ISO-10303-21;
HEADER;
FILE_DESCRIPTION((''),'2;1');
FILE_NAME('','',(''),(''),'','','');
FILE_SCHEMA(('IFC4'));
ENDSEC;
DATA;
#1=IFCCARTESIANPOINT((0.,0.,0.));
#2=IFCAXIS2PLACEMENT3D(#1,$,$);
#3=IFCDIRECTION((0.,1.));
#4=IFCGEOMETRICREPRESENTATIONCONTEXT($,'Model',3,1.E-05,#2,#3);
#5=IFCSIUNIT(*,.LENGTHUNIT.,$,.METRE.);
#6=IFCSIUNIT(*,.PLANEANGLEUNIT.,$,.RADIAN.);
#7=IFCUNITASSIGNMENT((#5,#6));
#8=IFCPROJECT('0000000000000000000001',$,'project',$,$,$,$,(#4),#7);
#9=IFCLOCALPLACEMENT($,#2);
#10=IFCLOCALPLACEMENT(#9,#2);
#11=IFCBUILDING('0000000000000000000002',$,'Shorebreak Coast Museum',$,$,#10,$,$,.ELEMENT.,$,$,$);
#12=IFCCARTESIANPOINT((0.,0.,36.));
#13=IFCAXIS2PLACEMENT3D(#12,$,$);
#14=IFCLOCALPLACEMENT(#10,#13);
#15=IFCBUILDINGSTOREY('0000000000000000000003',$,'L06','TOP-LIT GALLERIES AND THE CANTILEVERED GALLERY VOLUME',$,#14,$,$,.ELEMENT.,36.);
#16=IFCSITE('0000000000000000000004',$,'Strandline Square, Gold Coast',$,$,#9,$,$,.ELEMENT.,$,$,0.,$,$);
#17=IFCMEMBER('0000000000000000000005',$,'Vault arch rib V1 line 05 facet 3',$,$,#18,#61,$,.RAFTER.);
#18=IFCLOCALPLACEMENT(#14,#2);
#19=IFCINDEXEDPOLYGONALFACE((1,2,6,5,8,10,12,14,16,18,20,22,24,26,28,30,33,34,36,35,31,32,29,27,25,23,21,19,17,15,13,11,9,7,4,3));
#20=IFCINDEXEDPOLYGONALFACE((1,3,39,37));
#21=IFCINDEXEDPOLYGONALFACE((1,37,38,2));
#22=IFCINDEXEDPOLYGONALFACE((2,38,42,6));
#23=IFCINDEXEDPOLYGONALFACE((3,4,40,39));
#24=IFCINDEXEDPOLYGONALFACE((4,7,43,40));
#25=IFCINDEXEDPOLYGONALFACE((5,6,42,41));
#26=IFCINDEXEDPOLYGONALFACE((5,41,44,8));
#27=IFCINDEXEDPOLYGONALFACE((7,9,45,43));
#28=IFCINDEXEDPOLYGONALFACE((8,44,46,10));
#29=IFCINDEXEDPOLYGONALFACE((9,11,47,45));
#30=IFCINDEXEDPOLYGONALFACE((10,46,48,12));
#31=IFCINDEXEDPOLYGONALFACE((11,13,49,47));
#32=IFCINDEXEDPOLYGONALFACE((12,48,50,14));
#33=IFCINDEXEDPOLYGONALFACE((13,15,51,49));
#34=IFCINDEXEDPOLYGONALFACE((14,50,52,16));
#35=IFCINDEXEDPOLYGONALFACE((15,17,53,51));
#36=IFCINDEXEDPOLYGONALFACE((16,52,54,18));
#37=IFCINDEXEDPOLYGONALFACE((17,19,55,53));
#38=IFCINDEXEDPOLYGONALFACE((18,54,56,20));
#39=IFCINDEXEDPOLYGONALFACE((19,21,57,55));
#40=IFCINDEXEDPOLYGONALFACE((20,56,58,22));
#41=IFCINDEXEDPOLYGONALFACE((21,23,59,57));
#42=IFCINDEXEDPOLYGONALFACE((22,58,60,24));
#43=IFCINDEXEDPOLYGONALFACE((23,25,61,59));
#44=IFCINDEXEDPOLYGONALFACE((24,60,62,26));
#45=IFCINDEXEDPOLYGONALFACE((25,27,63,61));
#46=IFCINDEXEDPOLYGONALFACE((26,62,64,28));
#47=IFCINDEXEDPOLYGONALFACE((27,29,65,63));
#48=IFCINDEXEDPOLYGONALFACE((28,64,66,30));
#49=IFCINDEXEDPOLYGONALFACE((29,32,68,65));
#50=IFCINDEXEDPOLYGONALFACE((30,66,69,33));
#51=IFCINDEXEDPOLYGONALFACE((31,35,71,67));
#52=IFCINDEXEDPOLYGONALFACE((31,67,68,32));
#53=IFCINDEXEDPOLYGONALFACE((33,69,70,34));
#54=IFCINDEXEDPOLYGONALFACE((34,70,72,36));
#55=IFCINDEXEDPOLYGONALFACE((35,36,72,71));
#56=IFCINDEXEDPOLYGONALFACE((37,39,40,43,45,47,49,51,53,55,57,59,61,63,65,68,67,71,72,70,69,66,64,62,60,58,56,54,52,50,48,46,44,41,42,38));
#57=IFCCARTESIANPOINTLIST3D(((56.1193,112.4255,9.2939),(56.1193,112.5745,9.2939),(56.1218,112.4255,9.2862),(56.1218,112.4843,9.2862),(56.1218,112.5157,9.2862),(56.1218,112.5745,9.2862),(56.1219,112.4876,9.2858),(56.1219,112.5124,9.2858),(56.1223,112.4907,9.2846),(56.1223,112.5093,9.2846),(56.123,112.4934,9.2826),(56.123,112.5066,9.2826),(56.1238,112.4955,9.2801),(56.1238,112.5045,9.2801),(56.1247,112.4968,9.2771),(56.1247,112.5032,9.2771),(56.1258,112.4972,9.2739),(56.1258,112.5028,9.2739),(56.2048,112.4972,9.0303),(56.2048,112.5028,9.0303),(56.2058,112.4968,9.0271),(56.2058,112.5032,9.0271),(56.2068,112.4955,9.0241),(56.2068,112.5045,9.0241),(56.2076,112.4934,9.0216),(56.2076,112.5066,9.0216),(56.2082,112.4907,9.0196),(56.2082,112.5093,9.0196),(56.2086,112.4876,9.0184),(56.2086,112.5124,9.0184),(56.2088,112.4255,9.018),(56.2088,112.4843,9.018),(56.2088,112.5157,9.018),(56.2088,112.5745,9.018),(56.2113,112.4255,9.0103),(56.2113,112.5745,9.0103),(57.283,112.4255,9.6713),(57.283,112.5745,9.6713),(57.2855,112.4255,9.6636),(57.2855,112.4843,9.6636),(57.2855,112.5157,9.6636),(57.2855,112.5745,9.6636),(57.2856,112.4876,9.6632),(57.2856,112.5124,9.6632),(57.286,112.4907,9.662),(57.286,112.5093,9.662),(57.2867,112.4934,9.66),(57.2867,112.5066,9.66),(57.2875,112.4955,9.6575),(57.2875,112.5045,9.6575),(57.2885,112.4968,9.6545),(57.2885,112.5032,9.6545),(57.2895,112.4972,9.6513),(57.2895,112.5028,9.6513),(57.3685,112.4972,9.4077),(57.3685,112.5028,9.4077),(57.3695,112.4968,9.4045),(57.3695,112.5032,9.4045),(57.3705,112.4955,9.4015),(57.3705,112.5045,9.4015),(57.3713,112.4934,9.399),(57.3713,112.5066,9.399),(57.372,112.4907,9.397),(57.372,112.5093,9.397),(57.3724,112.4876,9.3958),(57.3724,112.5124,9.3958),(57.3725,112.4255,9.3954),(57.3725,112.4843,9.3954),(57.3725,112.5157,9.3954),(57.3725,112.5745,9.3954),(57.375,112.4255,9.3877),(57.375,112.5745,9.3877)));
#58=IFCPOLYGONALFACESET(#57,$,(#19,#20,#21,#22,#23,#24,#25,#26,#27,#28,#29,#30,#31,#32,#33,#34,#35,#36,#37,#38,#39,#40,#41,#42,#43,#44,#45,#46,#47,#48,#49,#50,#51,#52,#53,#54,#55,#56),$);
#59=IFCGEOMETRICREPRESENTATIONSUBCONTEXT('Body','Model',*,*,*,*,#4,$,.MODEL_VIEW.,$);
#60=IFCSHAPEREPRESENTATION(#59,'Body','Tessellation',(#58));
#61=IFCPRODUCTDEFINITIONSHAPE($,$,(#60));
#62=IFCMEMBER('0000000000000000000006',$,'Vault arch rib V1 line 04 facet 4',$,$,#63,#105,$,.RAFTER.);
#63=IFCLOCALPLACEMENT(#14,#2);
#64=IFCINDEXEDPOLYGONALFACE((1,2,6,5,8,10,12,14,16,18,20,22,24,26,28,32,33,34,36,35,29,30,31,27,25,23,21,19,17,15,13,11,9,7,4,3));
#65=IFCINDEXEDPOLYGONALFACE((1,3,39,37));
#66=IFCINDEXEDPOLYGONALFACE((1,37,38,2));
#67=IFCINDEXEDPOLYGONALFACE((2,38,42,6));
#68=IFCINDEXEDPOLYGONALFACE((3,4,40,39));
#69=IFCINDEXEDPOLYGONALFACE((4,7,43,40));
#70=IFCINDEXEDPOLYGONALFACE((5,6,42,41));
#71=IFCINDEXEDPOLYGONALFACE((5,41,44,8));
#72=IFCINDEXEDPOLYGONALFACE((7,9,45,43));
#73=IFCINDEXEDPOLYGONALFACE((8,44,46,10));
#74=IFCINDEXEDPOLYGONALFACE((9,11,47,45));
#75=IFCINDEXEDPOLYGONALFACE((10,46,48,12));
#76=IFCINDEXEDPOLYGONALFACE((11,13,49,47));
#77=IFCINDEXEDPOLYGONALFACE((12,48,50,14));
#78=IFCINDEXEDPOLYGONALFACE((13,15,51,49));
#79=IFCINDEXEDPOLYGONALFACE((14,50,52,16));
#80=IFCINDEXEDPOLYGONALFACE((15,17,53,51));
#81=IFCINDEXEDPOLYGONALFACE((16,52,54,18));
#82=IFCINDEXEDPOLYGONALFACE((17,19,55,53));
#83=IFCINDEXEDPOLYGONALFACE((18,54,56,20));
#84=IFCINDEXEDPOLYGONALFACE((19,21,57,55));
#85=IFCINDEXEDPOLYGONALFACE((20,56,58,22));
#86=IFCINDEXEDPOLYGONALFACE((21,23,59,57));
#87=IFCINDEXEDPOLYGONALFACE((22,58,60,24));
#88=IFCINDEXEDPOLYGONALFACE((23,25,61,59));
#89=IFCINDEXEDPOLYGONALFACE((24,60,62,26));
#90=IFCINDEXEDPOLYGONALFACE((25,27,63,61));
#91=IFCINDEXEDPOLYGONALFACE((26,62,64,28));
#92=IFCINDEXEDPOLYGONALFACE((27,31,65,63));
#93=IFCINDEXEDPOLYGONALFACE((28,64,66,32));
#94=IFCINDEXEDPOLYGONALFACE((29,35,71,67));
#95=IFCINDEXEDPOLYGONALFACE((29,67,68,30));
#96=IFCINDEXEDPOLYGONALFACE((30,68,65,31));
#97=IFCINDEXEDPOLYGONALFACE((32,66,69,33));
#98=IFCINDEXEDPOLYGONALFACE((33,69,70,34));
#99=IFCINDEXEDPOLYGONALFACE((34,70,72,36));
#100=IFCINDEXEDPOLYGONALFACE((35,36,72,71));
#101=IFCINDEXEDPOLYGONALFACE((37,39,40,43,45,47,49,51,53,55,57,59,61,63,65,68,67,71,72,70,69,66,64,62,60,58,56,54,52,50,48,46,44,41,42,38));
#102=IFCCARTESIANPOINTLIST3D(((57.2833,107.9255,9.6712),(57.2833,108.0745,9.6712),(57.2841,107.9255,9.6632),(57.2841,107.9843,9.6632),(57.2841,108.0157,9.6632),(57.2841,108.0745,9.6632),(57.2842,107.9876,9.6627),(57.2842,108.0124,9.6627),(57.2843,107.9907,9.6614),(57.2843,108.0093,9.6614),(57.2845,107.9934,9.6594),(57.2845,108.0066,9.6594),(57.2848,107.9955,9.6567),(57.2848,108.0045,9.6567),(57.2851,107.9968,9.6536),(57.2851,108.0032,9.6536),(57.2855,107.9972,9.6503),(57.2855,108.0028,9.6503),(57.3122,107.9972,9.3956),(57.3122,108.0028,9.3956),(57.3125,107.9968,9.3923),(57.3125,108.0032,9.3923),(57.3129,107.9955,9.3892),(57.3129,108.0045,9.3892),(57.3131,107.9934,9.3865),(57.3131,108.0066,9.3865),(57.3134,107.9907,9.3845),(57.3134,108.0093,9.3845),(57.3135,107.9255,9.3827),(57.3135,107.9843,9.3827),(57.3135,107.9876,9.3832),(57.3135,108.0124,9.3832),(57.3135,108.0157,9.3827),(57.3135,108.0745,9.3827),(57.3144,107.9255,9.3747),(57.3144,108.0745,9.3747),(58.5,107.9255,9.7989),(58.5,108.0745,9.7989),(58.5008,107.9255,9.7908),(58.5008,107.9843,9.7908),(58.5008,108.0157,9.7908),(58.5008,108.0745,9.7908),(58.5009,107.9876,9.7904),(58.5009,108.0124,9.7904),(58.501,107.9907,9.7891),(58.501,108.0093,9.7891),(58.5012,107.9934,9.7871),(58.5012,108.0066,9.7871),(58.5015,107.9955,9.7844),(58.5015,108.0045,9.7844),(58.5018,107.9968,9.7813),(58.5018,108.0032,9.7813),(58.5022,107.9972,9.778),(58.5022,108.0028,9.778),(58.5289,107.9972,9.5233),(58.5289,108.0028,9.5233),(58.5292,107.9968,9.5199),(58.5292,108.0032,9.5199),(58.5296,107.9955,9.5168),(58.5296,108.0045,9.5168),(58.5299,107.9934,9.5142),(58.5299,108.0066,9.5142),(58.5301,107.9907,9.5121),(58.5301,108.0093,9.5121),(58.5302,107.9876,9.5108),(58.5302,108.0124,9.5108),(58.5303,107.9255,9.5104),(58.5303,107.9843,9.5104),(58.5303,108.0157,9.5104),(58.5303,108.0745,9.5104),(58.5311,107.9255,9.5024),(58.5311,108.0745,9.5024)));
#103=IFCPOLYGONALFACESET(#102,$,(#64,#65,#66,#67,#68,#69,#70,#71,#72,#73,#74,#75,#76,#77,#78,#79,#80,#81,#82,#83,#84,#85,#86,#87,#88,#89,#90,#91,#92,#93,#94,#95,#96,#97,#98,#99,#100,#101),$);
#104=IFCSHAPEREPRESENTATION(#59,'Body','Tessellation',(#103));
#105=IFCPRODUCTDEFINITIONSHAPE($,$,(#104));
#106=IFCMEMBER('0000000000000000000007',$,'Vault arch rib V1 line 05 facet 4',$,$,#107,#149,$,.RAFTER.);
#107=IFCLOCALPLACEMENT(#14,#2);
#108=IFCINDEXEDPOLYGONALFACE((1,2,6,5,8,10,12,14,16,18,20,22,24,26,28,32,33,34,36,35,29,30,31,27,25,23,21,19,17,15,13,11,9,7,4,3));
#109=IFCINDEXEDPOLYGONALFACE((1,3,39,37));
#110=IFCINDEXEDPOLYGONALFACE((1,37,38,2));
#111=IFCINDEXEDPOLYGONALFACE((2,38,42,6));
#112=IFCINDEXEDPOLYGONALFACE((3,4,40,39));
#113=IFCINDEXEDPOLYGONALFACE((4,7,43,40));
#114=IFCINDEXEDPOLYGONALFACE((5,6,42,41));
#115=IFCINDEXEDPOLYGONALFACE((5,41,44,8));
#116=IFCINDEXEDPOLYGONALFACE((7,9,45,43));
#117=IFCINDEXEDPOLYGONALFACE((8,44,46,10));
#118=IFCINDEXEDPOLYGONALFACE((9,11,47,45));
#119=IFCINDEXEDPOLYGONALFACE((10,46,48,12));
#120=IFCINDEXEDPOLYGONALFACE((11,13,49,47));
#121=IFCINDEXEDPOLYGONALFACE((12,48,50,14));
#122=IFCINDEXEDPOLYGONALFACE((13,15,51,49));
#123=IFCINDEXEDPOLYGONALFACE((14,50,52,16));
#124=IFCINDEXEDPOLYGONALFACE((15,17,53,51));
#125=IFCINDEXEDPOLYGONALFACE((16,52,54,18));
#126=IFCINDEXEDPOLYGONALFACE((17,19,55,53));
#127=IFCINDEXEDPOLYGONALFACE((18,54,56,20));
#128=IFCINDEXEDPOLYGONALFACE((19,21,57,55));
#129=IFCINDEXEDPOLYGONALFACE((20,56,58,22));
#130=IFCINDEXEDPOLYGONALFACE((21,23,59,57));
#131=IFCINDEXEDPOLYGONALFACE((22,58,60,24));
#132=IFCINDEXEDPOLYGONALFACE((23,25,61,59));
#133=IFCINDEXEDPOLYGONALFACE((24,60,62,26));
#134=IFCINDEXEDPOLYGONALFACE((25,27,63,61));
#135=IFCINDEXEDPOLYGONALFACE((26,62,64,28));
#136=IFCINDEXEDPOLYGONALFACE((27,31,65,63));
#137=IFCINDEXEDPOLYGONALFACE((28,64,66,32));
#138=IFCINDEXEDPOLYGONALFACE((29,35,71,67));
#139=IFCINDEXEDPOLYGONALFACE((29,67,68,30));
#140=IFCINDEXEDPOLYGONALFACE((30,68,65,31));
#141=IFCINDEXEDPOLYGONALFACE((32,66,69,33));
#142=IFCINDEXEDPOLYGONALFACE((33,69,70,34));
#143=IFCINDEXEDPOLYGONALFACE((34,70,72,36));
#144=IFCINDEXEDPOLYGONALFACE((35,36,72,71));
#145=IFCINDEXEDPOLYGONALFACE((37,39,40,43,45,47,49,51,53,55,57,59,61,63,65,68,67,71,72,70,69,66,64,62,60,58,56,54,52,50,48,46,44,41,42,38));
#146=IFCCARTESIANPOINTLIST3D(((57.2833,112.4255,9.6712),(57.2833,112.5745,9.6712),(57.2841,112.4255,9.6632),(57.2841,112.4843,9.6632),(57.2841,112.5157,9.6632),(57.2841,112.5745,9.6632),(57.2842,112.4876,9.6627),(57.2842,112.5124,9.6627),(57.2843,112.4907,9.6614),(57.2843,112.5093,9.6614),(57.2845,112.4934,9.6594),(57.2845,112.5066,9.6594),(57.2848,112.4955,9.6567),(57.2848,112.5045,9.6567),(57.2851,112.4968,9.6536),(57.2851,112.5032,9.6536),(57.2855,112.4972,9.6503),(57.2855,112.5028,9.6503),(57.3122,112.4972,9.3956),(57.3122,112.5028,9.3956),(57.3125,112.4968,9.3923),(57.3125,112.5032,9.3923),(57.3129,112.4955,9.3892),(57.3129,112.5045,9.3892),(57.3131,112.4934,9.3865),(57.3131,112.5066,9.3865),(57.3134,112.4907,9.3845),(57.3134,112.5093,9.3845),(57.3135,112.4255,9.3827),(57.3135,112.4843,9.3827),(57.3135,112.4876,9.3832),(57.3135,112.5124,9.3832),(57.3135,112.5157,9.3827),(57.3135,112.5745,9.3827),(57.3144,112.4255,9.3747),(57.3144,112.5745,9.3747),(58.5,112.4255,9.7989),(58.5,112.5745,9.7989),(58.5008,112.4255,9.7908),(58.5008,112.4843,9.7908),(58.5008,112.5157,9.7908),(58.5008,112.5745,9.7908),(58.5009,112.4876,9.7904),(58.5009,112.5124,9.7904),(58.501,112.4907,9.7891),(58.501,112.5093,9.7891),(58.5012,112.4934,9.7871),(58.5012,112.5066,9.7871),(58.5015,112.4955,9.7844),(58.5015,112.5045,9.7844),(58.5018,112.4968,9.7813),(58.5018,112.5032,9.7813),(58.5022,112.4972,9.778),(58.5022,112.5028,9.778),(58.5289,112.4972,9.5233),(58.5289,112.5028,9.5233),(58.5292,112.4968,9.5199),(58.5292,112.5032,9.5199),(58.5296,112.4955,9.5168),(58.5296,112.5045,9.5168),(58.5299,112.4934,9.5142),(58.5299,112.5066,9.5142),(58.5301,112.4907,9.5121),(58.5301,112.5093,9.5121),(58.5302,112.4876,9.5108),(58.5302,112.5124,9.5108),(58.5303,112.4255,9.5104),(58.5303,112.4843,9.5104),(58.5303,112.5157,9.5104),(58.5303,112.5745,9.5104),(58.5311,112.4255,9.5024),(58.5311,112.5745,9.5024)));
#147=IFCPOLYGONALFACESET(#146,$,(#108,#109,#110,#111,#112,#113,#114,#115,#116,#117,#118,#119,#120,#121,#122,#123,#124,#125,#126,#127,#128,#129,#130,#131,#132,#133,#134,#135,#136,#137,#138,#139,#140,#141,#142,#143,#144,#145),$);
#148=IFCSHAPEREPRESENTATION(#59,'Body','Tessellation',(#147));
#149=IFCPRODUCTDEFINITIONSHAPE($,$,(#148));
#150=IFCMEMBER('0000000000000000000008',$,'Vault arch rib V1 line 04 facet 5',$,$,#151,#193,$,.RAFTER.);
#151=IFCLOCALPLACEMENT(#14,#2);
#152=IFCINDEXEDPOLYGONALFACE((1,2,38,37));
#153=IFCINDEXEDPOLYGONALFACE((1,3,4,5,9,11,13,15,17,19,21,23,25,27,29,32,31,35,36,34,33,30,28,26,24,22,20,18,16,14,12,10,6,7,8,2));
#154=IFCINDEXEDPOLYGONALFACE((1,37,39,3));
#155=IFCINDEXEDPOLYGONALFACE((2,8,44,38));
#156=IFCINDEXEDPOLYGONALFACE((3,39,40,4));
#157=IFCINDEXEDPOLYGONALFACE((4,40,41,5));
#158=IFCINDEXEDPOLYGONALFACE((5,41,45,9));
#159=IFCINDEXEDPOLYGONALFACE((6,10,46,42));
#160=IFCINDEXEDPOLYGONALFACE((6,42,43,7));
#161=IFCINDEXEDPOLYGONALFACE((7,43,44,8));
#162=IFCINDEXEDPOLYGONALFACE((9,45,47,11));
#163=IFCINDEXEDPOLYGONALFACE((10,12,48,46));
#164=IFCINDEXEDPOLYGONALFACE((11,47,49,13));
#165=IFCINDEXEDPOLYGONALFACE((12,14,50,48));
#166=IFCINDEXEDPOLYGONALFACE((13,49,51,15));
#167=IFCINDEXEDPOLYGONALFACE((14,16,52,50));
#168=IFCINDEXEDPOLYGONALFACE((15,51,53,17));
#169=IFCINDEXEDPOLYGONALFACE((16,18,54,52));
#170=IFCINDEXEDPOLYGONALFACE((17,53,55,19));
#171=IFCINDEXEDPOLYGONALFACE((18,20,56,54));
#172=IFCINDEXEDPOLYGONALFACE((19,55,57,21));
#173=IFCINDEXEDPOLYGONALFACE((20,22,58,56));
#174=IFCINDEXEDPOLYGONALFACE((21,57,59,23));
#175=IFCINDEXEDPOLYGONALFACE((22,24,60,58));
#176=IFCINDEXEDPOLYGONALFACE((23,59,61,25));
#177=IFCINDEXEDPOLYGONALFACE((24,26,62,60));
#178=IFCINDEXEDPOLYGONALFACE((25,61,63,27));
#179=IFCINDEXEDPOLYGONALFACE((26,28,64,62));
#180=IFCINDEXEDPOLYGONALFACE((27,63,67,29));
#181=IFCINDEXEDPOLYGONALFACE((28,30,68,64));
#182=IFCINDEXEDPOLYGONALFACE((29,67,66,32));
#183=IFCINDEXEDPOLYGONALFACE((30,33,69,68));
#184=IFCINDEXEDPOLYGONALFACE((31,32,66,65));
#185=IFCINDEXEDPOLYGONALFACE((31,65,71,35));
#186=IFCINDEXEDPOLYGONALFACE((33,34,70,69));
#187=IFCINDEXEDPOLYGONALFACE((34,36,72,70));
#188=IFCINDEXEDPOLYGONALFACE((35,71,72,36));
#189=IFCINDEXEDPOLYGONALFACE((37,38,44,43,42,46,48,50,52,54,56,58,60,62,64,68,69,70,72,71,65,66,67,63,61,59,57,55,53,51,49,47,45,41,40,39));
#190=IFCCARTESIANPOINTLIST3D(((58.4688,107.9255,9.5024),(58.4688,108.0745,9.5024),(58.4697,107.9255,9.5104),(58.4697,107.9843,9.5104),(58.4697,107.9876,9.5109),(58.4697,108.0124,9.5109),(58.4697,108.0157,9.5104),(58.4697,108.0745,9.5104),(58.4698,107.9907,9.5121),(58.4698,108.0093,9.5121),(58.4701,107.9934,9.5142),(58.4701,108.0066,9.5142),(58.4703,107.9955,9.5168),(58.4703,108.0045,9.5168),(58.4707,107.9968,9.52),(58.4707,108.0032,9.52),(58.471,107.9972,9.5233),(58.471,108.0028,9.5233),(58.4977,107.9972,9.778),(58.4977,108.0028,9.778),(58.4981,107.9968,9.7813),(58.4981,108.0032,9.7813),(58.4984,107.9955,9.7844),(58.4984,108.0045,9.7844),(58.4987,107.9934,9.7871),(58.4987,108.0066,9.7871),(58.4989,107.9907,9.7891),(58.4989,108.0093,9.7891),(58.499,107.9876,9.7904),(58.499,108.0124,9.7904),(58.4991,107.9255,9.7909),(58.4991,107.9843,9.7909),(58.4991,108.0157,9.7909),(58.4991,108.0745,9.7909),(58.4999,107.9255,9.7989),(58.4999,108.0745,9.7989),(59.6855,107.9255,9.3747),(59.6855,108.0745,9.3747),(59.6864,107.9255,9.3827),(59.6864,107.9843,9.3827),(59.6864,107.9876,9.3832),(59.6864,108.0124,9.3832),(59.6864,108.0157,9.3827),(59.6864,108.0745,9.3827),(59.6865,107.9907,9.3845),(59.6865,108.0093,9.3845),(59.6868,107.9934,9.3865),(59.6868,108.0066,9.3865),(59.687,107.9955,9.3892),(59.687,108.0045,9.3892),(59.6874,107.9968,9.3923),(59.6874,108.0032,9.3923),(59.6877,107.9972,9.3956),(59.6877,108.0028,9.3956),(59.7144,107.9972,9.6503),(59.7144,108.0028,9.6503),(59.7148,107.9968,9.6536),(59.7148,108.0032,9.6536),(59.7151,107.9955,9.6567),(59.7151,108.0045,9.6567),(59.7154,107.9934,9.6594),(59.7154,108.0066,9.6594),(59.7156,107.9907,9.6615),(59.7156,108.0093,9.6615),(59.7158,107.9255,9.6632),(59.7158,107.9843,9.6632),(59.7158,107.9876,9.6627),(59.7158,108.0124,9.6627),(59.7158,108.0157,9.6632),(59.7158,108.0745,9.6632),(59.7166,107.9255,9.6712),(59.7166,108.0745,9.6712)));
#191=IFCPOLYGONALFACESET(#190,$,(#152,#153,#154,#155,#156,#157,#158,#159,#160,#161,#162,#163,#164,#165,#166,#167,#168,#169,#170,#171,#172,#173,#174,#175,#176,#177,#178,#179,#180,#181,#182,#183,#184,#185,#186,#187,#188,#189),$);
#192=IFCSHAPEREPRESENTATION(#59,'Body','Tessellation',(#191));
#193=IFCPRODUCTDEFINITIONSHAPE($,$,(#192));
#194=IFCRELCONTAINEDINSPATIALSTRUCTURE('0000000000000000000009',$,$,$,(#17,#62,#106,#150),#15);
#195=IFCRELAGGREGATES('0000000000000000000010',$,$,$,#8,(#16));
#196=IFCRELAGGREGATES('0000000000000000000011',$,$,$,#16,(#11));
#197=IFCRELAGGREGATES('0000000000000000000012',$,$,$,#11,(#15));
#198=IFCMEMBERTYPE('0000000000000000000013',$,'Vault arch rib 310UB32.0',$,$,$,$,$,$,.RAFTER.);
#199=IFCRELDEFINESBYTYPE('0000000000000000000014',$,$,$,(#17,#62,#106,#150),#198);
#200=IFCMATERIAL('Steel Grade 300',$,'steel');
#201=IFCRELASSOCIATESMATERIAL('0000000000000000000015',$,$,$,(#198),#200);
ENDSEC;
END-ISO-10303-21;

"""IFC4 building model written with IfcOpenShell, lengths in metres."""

from ifc_helpers import new_model, si_unit, direction, frame, origin, origin_2d, place, context, subcontext, project, spatial, i_section, extrude, material, material_profile, profile_set, type_object, element, save


model = new_model("IFC4")

# Units and contexts
model_context = context("Model", 3, precision=1e-05, world=origin(), true_north=direction((0.0, 1.0)))
body_context = subcontext(model_context, "Body", "Model", "MODEL_VIEW")
ifc_project = project(units=[si_unit("LENGTHUNIT", "METRE"), si_unit("PLANEANGLEUNIT", "RADIAN")], contexts=[model_context])

# Site, building, storey
site_placement = place(None, origin())
site = spatial("IfcSite", under=ifc_project, at=site_placement, Name="Strandline Square, Gold Coast", CompositionType="ELEMENT", RefElevation=0.0)
building_placement = place(site_placement, origin())
building = spatial("IfcBuilding", under=site, at=building_placement, Name="Shorebreak Coast Museum", CompositionType="ELEMENT")
storey_placement = place(building_placement, frame((0.0, 0.0, 36.0)))
storey = spatial("IfcBuildingStorey", under=building, at=storey_placement, Name="L06", Description="TOP-LIT GALLERIES AND THE CANTILEVERED GALLERY VOLUME", CompositionType="ELEMENT", Elevation=36.0)

# Members
ifc_material_1 = material(Name="Steel Grade 300", Category="steel")
ifc_material_profile_1 = material_profile(ifc_material_1, i_section(OverallWidth=0.1489, OverallDepth=0.2981, WebThickness=0.0056, FlangeThickness=0.0081, FilletRadius=0.0129, at=origin_2d()), Name="310UB32.0")
ifc_profile_set_1 = profile_set([ifc_material_profile_1], Name="Steel Grade 300")
member_type_1 = type_object("IfcMemberType", Name="Vault arch rib 310UB32.0", PredefinedType="RAFTER", material=ifc_profile_set_1)
for number, where, z_axis, x_axis, name in (
    (1, (56.1653, 112.5, 9.1521), (0.951226, 0.0, 0.308495), (0.0, 1.0, 0.0), "Vault arch rib V1 line 05 facet 3"),
    (2, (57.2988, 108.0, 9.5229), (0.994539, 0.0, 0.104363), (0.0, 1.0, 0.0), "Vault arch rib V1 line 04 facet 4"),
    (3, (57.2988, 112.5, 9.5229), (0.994539, 0.0, 0.104363), (0.0, 1.0, 0.0), "Vault arch rib V1 line 05 facet 4"),
    (4, (58.4844, 108.0, 9.6506), (0.994539, 0.0, -0.104363), (0.0, 1.0, 0.0), "Vault arch rib V1 line 04 facet 5"),
):
    element("IfcMember", number, at=place(storey_placement, frame(where, z_axis=z_axis, x_axis=x_axis)), inside=storey, type_object=member_type_1, Name=name, PredefinedType="RAFTER", context=body_context, shape_type="SweptSolid", body=[
        extrude(i_section(OverallWidth=0.1489, OverallDepth=0.2981, WebThickness=0.0056, FlangeThickness=0.0081, FilletRadius=0.0129, at=origin_2d()), origin(), (0.0, 0.0, 1.0), 1.2234),
    ])

save(model, "model.ifc")
